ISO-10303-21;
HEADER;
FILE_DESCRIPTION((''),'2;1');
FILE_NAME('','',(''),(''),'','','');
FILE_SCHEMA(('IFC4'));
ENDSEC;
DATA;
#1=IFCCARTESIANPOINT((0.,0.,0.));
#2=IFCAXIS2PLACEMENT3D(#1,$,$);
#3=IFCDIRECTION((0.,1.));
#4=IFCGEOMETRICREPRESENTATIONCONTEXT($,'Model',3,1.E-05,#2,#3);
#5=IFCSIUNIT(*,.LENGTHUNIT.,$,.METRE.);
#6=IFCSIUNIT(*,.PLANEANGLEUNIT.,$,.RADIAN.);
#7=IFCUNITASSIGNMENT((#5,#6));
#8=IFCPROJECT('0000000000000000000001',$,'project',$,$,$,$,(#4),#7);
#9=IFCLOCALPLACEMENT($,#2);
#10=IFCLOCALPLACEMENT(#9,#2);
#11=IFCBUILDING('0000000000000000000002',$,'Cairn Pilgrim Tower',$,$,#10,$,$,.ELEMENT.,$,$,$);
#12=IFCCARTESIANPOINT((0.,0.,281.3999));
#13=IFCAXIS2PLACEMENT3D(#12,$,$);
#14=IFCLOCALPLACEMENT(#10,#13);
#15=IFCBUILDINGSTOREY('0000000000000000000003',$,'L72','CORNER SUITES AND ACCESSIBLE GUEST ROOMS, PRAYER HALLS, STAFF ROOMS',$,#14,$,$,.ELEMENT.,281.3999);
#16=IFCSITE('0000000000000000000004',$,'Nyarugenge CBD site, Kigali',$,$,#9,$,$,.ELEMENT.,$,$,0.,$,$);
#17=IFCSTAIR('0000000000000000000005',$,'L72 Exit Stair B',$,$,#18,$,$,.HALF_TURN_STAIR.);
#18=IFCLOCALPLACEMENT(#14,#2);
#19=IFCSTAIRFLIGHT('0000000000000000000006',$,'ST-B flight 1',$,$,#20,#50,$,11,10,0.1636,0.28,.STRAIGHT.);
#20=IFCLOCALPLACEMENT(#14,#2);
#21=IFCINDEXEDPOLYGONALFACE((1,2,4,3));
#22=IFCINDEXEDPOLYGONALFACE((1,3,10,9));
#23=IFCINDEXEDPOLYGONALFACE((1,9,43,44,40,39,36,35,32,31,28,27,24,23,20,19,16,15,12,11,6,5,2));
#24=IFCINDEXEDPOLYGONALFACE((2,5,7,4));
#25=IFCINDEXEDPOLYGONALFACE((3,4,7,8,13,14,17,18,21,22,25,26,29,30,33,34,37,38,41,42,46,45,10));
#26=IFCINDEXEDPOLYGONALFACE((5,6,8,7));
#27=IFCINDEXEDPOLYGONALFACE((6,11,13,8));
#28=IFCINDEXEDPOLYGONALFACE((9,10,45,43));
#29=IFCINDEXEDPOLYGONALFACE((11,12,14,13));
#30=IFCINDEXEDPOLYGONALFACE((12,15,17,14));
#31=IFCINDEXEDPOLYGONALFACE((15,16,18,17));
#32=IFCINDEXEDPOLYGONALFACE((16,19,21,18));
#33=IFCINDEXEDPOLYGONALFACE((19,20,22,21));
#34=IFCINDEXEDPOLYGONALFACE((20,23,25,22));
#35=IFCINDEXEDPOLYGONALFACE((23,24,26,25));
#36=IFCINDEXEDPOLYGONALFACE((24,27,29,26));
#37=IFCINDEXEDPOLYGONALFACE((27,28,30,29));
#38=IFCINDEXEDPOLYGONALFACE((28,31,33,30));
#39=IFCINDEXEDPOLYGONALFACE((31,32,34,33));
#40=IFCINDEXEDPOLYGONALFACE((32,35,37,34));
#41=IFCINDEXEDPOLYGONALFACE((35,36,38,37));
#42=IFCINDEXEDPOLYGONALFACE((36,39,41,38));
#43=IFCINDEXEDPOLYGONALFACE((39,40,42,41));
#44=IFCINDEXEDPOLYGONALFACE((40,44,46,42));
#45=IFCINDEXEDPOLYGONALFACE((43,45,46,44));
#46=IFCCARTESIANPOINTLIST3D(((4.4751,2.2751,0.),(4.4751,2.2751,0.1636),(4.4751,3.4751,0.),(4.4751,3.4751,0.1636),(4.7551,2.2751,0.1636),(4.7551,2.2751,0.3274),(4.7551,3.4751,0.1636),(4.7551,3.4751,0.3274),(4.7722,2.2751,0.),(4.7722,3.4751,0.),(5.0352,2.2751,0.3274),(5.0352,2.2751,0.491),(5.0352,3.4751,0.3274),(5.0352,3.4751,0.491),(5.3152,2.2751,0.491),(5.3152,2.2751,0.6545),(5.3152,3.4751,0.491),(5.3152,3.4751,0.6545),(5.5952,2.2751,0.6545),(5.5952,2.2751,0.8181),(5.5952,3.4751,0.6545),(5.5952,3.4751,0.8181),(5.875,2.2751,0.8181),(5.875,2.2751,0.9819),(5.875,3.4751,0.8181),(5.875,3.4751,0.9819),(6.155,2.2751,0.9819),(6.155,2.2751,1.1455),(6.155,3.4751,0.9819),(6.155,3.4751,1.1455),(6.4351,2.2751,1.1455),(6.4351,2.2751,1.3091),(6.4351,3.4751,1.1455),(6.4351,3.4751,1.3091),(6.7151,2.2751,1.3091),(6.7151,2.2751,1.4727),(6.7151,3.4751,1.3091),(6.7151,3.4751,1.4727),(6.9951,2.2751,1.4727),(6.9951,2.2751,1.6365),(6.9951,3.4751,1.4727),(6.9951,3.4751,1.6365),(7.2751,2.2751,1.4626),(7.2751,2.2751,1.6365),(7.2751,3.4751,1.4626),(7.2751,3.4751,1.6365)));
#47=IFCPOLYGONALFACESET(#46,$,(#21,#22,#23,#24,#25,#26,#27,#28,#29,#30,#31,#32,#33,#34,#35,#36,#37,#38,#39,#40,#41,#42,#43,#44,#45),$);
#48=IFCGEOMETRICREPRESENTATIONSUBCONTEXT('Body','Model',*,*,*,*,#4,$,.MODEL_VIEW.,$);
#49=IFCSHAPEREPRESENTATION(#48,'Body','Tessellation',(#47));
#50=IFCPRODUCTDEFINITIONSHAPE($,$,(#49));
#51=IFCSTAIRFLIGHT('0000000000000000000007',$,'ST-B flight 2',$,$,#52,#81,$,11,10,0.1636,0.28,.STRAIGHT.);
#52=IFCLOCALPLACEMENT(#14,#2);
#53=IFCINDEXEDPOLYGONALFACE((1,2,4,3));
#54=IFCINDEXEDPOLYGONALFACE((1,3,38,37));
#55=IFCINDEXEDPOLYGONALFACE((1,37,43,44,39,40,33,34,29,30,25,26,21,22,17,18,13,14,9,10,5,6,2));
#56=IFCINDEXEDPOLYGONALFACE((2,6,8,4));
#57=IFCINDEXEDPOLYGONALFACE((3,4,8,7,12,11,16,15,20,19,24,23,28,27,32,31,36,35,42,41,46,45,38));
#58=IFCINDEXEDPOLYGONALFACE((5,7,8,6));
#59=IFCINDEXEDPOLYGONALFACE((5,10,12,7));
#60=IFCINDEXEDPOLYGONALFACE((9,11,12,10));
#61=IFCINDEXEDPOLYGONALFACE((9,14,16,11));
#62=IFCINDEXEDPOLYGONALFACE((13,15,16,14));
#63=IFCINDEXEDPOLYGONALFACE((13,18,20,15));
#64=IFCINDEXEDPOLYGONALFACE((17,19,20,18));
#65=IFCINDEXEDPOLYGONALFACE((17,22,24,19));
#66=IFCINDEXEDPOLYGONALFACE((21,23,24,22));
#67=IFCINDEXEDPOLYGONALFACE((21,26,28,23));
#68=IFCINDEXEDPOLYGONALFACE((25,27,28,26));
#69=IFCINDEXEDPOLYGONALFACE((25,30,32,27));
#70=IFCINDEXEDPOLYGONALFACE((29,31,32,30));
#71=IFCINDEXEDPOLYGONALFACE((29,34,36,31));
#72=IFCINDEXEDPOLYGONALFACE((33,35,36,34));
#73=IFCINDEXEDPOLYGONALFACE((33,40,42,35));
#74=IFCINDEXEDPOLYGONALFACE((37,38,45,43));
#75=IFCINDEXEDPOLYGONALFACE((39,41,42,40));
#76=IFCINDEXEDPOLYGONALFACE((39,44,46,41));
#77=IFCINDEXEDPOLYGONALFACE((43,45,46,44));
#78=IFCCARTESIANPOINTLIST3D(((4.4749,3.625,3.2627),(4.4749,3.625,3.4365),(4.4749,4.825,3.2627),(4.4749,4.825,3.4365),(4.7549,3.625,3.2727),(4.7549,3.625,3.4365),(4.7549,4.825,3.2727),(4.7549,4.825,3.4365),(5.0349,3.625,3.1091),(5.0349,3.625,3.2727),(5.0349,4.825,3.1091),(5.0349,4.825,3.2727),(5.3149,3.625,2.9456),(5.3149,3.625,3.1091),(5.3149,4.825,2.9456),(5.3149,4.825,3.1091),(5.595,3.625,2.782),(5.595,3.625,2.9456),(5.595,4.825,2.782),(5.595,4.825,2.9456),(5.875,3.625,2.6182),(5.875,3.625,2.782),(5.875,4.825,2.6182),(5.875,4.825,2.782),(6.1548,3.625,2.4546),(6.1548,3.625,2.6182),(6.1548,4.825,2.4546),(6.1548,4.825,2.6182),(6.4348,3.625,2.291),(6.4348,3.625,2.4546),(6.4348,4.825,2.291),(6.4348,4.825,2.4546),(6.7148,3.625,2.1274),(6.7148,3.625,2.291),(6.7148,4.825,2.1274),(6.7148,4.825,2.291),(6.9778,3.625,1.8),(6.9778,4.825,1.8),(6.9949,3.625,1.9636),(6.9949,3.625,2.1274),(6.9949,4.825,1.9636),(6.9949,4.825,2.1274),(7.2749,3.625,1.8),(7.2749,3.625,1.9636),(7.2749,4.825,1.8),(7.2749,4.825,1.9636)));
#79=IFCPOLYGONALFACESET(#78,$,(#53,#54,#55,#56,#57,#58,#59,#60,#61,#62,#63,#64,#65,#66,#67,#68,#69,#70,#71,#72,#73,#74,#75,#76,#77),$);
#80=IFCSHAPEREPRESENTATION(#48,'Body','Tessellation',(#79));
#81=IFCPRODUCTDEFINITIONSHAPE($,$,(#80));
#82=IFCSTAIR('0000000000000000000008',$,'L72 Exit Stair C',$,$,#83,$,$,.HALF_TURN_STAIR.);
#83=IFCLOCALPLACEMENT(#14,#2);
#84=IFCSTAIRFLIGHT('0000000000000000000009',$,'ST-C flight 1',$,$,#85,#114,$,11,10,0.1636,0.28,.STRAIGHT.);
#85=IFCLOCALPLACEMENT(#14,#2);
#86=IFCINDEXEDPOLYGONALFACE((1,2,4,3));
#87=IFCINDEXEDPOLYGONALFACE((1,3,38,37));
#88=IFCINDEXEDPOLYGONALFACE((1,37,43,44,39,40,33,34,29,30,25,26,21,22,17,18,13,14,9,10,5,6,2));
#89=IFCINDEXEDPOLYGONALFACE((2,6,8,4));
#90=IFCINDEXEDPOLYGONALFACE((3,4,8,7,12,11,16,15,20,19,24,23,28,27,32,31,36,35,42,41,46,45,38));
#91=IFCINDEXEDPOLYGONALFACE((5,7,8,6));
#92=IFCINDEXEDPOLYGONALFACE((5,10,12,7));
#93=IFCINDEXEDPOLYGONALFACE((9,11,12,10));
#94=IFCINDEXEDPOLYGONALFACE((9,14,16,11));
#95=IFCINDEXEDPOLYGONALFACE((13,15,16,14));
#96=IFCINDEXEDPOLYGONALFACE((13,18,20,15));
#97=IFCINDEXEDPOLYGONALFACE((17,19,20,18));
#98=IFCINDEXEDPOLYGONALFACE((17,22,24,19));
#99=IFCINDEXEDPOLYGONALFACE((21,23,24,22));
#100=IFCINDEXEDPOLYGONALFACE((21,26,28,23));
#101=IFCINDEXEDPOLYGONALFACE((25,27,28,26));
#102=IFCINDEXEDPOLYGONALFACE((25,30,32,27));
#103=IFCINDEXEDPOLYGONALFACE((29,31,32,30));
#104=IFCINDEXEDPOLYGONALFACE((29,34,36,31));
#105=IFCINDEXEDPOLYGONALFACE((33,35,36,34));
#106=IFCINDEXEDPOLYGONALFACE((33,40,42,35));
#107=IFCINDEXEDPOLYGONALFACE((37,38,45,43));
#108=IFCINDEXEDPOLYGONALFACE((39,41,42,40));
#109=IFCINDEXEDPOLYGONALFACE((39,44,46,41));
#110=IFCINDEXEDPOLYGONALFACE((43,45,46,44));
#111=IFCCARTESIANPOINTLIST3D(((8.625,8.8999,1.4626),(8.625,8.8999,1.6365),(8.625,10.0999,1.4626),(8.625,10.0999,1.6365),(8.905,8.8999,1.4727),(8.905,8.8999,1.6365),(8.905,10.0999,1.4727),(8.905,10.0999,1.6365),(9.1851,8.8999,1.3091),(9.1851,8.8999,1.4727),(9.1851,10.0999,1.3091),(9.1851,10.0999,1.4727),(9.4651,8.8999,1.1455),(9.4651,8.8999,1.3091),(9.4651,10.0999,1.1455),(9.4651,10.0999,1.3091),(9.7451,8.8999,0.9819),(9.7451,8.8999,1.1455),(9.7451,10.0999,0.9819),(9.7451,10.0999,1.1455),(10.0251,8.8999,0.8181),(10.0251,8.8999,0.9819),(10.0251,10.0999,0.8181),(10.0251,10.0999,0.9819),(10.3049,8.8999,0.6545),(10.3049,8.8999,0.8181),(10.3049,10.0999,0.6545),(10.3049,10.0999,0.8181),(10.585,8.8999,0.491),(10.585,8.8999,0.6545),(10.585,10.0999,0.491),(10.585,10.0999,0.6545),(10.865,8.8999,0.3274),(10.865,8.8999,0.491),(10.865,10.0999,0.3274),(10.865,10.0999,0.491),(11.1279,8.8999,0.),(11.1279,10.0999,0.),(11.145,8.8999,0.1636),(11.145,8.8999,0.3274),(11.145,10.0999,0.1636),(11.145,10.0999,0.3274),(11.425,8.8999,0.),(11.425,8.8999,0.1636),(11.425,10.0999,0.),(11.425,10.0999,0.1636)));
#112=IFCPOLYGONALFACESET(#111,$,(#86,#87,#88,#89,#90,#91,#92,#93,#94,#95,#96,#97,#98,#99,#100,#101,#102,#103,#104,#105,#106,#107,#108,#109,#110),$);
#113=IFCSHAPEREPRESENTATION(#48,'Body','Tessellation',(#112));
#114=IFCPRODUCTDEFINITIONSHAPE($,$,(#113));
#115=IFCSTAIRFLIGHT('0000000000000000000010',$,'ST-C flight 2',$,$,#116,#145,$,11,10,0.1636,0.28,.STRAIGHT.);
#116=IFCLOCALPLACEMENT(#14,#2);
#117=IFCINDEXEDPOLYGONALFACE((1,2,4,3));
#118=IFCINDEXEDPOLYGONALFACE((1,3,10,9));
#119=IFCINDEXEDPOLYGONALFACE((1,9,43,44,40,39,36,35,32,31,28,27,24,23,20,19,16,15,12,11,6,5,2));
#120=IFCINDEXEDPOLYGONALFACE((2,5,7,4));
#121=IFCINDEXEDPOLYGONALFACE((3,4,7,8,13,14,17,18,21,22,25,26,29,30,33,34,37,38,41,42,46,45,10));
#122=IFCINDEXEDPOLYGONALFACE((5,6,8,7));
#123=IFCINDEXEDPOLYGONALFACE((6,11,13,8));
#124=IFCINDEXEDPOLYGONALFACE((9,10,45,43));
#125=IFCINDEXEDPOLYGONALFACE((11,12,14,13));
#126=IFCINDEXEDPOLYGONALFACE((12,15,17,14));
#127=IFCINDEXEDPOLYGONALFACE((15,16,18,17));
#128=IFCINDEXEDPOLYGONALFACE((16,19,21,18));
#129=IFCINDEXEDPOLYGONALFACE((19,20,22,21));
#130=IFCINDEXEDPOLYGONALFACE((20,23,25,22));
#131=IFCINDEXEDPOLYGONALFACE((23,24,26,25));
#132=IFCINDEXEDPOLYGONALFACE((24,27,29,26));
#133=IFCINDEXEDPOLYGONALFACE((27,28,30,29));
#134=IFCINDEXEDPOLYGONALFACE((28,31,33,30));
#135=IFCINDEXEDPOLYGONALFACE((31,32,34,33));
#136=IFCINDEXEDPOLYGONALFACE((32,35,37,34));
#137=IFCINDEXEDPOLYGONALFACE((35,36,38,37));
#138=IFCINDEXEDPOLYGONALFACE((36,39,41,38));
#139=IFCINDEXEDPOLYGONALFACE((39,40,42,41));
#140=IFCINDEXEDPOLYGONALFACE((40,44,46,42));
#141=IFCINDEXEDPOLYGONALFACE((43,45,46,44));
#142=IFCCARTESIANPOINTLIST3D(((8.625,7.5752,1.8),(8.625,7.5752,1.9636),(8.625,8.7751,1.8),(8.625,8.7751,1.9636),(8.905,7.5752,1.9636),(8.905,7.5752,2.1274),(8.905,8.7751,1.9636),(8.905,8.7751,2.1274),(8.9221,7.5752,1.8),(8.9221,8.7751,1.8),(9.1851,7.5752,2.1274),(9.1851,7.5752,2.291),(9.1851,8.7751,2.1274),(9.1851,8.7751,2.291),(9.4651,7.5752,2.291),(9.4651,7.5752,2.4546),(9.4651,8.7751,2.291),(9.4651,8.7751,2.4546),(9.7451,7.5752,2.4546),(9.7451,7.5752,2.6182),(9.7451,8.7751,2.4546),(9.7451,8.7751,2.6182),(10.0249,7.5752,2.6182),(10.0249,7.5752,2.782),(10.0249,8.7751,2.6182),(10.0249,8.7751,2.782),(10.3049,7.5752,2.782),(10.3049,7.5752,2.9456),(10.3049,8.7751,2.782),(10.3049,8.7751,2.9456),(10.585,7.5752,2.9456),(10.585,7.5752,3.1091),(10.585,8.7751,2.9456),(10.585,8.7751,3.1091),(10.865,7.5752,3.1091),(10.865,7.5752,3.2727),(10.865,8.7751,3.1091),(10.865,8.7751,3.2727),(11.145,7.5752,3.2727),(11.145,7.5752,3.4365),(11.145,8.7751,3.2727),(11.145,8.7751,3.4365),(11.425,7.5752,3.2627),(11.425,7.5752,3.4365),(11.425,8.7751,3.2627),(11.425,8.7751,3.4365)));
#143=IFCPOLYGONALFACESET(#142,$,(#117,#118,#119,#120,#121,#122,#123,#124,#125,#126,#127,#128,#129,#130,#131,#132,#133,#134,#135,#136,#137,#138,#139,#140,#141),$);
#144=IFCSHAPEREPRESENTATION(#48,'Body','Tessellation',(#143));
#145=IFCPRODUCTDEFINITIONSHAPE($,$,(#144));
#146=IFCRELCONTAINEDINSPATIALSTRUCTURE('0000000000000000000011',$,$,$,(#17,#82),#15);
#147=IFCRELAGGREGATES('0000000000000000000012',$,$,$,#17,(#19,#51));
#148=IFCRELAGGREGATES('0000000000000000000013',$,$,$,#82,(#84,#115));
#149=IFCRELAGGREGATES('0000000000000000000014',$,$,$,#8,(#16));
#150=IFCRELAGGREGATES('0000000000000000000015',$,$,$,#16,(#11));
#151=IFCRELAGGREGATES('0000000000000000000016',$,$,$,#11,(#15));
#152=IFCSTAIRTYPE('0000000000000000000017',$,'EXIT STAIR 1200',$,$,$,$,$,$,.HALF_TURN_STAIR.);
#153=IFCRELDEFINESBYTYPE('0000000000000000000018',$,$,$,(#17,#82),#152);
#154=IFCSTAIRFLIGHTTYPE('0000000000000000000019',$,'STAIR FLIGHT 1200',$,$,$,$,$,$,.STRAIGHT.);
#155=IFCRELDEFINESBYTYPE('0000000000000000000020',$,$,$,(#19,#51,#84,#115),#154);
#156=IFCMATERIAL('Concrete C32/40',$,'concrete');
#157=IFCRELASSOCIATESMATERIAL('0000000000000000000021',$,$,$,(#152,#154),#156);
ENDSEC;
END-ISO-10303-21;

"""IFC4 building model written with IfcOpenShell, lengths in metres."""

from ifc_helpers import new_model, si_unit, direction, frame, origin, place, context, subcontext, project, spatial, polyline, outline, extrude, material, type_object, element, aggregate, save


model = new_model("IFC4")

# Units and contexts
model_context = context("Model", 3, precision=1e-05, world=origin(), true_north=direction((0.0, 1.0)))
body_context = subcontext(model_context, "Body", "Model", "MODEL_VIEW")
ifc_project = project(units=[si_unit("LENGTHUNIT", "METRE"), si_unit("PLANEANGLEUNIT", "RADIAN")], contexts=[model_context])

# Site, building, storey
site_placement = place(None, origin())
site = spatial("IfcSite", under=ifc_project, at=site_placement, Name="Nyarugenge CBD site, Kigali", CompositionType="ELEMENT", RefElevation=0.0)
building_placement = place(site_placement, origin())
building = spatial("IfcBuilding", under=site, at=building_placement, Name="Cairn Pilgrim Tower", CompositionType="ELEMENT")
storey_placement = place(building_placement, frame((0.0, 0.0, 281.3999)))
storey = spatial("IfcBuildingStorey", under=building, at=storey_placement, Name="L72", Description="CORNER SUITES AND ACCESSIBLE GUEST ROOMS, PRAYER HALLS, STAFF ROOMS", CompositionType="ELEMENT", Elevation=281.3999)

# Shared definitions
ifc_material_1 = material(Name="Concrete C32/40", Category="concrete")

# Stairs, stair flights
stair_type = type_object("IfcStairType", Name="EXIT STAIR 1200", PredefinedType="HALF_TURN_STAIR", material=ifc_material_1)
stair_1_placement = place(storey_placement, origin())
stair_1 = element("IfcStair", 1, at=stair_1_placement, inside=storey, type_object=stair_type, Name="L72 Exit Stair B", PredefinedType="HALF_TURN_STAIR")
stair_flight_type = type_object("IfcStairFlightType", Name="STAIR FLIGHT 1200", PredefinedType="STRAIGHT", material=ifc_material_1)
stair_flight_1_placement = place(storey_placement, frame((4.4751, 2.875, 0.0), z_axis=(0.0, 0.0, 1.0), x_axis=(1.0, 0.0, 0.0)))
stair_flight_1 = element("IfcStairFlight", 2, at=stair_flight_1_placement, type_object=stair_flight_type, Name="ST-B flight 1", NumberOfRisers=11, NumberOfTreads=10, PredefinedType="STRAIGHT", RiserHeight=0.1636, TreadLength=0.28, context=body_context, shape_type="SweptSolid", body=[
    extrude(outline(polyline([(0.0, 0.0), (0.0, 0.1636), (0.28, 0.1636), (0.28, 0.3274), (0.5601, 0.3274), (0.5601, 0.491), (0.8401, 0.491), (0.8401, 0.6545), (1.1201, 0.6545), (1.1201, 0.8181), (1.3999, 0.8181), (1.3999, 0.9819), (1.6799, 0.9819), (1.6799, 1.1455), (1.96, 1.1455), (1.96, 1.3091), (2.24, 1.3091), (2.24, 1.4727), (2.52, 1.4727), (2.52, 1.6365), (2.8, 1.6365), (2.8, 1.8), (2.8, 1.4626), (0.2971, 0.0), (0.0, 0.0)])), frame((0.0, 0.6001, 0.0), z_axis=(0.0, -1.0, 0.0), x_axis=(1.0, 0.0, 0.0)), (0.0, 0.0, 1.0), 1.2),
])
stair_flight_2_placement = place(storey_placement, frame((7.2749, 4.2251, 1.8), z_axis=(0.0, 0.0, 1.0), x_axis=(-1.0, 0.0, 0.0)))
stair_flight_2 = element("IfcStairFlight", 3, at=stair_flight_2_placement, type_object=stair_flight_type, Name="ST-B flight 2", NumberOfRisers=11, NumberOfTreads=10, PredefinedType="STRAIGHT", RiserHeight=0.1636, TreadLength=0.28, context=body_context, shape_type="SweptSolid", body=[
    extrude(outline(polyline([(0.0, 0.0), (0.0, 0.1636), (0.28, 0.1636), (0.28, 0.3274), (0.5601, 0.3274), (0.5601, 0.491), (0.8401, 0.491), (0.8401, 0.6545), (1.1201, 0.6545), (1.1201, 0.8181), (1.3999, 0.8181), (1.3999, 0.9819), (1.6799, 0.9819), (1.6799, 1.1455), (1.96, 1.1455), (1.96, 1.3091), (2.24, 1.3091), (2.24, 1.4727), (2.52, 1.4727), (2.52, 1.6365), (2.8, 1.6365), (2.8, 1.8), (2.8, 1.4626), (0.2971, 0.0), (0.0, 0.0)])), frame((0.0, 0.6001, 0.0), z_axis=(0.0, -1.0, 0.0), x_axis=(1.0, 0.0, 0.0)), (0.0, 0.0, 1.0), 1.2),
])
aggregate(stair_1, [stair_flight_1, stair_flight_2])
stair_2_placement = place(storey_placement, origin())
stair_2 = element("IfcStair", 4, at=stair_2_placement, inside=storey, type_object=stair_type, Name="L72 Exit Stair C", PredefinedType="HALF_TURN_STAIR")
stair_flight_3_placement = place(storey_placement, frame((11.425, 9.5, 0.0), z_axis=(0.0, 0.0, 1.0), x_axis=(-1.0, 0.0, 0.0)))
stair_flight_3 = element("IfcStairFlight", 5, at=stair_flight_3_placement, type_object=stair_flight_type, Name="ST-C flight 1", NumberOfRisers=11, NumberOfTreads=10, PredefinedType="STRAIGHT", RiserHeight=0.1636, TreadLength=0.28, context=body_context, shape_type="SweptSolid", body=[
    extrude(outline(polyline([(0.0, 0.0), (0.0, 0.1636), (0.28, 0.1636), (0.28, 0.3274), (0.5601, 0.3274), (0.5601, 0.491), (0.8401, 0.491), (0.8401, 0.6545), (1.1201, 0.6545), (1.1201, 0.8181), (1.3999, 0.8181), (1.3999, 0.9819), (1.6799, 0.9819), (1.6799, 1.1455), (1.96, 1.1455), (1.96, 1.3091), (2.24, 1.3091), (2.24, 1.4727), (2.52, 1.4727), (2.52, 1.6365), (2.8, 1.6365), (2.8, 1.8), (2.8, 1.4626), (0.2971, 0.0), (0.0, 0.0)])), frame((0.0, 0.6001, 0.0), z_axis=(0.0, -1.0, 0.0), x_axis=(1.0, 0.0, 0.0)), (0.0, 0.0, 1.0), 1.2),
])
stair_flight_4_placement = place(storey_placement, frame((8.625, 8.175, 1.8), z_axis=(0.0, 0.0, 1.0), x_axis=(1.0, 0.0, 0.0)))
stair_flight_4 = element("IfcStairFlight", 6, at=stair_flight_4_placement, type_object=stair_flight_type, Name="ST-C flight 2", NumberOfRisers=11, NumberOfTreads=10, PredefinedType="STRAIGHT", RiserHeight=0.1636, TreadLength=0.28, context=body_context, shape_type="SweptSolid", body=[
    extrude(outline(polyline([(0.0, 0.0), (0.0, 0.1636), (0.28, 0.1636), (0.28, 0.3274), (0.5601, 0.3274), (0.5601, 0.491), (0.8401, 0.491), (0.8401, 0.6545), (1.1201, 0.6545), (1.1201, 0.8181), (1.3999, 0.8181), (1.3999, 0.9819), (1.6799, 0.9819), (1.6799, 1.1455), (1.96, 1.1455), (1.96, 1.3091), (2.24, 1.3091), (2.24, 1.4727), (2.52, 1.4727), (2.52, 1.6365), (2.8, 1.6365), (2.8, 1.8), (2.8, 1.4626), (0.2971, 0.0), (0.0, 0.0)])), frame((0.0, 0.6001, 0.0), z_axis=(0.0, -1.0, 0.0), x_axis=(1.0, 0.0, 0.0)), (0.0, 0.0, 1.0), 1.2),
])
aggregate(stair_2, [stair_flight_3, stair_flight_4])

save(model, "model.ifc")
